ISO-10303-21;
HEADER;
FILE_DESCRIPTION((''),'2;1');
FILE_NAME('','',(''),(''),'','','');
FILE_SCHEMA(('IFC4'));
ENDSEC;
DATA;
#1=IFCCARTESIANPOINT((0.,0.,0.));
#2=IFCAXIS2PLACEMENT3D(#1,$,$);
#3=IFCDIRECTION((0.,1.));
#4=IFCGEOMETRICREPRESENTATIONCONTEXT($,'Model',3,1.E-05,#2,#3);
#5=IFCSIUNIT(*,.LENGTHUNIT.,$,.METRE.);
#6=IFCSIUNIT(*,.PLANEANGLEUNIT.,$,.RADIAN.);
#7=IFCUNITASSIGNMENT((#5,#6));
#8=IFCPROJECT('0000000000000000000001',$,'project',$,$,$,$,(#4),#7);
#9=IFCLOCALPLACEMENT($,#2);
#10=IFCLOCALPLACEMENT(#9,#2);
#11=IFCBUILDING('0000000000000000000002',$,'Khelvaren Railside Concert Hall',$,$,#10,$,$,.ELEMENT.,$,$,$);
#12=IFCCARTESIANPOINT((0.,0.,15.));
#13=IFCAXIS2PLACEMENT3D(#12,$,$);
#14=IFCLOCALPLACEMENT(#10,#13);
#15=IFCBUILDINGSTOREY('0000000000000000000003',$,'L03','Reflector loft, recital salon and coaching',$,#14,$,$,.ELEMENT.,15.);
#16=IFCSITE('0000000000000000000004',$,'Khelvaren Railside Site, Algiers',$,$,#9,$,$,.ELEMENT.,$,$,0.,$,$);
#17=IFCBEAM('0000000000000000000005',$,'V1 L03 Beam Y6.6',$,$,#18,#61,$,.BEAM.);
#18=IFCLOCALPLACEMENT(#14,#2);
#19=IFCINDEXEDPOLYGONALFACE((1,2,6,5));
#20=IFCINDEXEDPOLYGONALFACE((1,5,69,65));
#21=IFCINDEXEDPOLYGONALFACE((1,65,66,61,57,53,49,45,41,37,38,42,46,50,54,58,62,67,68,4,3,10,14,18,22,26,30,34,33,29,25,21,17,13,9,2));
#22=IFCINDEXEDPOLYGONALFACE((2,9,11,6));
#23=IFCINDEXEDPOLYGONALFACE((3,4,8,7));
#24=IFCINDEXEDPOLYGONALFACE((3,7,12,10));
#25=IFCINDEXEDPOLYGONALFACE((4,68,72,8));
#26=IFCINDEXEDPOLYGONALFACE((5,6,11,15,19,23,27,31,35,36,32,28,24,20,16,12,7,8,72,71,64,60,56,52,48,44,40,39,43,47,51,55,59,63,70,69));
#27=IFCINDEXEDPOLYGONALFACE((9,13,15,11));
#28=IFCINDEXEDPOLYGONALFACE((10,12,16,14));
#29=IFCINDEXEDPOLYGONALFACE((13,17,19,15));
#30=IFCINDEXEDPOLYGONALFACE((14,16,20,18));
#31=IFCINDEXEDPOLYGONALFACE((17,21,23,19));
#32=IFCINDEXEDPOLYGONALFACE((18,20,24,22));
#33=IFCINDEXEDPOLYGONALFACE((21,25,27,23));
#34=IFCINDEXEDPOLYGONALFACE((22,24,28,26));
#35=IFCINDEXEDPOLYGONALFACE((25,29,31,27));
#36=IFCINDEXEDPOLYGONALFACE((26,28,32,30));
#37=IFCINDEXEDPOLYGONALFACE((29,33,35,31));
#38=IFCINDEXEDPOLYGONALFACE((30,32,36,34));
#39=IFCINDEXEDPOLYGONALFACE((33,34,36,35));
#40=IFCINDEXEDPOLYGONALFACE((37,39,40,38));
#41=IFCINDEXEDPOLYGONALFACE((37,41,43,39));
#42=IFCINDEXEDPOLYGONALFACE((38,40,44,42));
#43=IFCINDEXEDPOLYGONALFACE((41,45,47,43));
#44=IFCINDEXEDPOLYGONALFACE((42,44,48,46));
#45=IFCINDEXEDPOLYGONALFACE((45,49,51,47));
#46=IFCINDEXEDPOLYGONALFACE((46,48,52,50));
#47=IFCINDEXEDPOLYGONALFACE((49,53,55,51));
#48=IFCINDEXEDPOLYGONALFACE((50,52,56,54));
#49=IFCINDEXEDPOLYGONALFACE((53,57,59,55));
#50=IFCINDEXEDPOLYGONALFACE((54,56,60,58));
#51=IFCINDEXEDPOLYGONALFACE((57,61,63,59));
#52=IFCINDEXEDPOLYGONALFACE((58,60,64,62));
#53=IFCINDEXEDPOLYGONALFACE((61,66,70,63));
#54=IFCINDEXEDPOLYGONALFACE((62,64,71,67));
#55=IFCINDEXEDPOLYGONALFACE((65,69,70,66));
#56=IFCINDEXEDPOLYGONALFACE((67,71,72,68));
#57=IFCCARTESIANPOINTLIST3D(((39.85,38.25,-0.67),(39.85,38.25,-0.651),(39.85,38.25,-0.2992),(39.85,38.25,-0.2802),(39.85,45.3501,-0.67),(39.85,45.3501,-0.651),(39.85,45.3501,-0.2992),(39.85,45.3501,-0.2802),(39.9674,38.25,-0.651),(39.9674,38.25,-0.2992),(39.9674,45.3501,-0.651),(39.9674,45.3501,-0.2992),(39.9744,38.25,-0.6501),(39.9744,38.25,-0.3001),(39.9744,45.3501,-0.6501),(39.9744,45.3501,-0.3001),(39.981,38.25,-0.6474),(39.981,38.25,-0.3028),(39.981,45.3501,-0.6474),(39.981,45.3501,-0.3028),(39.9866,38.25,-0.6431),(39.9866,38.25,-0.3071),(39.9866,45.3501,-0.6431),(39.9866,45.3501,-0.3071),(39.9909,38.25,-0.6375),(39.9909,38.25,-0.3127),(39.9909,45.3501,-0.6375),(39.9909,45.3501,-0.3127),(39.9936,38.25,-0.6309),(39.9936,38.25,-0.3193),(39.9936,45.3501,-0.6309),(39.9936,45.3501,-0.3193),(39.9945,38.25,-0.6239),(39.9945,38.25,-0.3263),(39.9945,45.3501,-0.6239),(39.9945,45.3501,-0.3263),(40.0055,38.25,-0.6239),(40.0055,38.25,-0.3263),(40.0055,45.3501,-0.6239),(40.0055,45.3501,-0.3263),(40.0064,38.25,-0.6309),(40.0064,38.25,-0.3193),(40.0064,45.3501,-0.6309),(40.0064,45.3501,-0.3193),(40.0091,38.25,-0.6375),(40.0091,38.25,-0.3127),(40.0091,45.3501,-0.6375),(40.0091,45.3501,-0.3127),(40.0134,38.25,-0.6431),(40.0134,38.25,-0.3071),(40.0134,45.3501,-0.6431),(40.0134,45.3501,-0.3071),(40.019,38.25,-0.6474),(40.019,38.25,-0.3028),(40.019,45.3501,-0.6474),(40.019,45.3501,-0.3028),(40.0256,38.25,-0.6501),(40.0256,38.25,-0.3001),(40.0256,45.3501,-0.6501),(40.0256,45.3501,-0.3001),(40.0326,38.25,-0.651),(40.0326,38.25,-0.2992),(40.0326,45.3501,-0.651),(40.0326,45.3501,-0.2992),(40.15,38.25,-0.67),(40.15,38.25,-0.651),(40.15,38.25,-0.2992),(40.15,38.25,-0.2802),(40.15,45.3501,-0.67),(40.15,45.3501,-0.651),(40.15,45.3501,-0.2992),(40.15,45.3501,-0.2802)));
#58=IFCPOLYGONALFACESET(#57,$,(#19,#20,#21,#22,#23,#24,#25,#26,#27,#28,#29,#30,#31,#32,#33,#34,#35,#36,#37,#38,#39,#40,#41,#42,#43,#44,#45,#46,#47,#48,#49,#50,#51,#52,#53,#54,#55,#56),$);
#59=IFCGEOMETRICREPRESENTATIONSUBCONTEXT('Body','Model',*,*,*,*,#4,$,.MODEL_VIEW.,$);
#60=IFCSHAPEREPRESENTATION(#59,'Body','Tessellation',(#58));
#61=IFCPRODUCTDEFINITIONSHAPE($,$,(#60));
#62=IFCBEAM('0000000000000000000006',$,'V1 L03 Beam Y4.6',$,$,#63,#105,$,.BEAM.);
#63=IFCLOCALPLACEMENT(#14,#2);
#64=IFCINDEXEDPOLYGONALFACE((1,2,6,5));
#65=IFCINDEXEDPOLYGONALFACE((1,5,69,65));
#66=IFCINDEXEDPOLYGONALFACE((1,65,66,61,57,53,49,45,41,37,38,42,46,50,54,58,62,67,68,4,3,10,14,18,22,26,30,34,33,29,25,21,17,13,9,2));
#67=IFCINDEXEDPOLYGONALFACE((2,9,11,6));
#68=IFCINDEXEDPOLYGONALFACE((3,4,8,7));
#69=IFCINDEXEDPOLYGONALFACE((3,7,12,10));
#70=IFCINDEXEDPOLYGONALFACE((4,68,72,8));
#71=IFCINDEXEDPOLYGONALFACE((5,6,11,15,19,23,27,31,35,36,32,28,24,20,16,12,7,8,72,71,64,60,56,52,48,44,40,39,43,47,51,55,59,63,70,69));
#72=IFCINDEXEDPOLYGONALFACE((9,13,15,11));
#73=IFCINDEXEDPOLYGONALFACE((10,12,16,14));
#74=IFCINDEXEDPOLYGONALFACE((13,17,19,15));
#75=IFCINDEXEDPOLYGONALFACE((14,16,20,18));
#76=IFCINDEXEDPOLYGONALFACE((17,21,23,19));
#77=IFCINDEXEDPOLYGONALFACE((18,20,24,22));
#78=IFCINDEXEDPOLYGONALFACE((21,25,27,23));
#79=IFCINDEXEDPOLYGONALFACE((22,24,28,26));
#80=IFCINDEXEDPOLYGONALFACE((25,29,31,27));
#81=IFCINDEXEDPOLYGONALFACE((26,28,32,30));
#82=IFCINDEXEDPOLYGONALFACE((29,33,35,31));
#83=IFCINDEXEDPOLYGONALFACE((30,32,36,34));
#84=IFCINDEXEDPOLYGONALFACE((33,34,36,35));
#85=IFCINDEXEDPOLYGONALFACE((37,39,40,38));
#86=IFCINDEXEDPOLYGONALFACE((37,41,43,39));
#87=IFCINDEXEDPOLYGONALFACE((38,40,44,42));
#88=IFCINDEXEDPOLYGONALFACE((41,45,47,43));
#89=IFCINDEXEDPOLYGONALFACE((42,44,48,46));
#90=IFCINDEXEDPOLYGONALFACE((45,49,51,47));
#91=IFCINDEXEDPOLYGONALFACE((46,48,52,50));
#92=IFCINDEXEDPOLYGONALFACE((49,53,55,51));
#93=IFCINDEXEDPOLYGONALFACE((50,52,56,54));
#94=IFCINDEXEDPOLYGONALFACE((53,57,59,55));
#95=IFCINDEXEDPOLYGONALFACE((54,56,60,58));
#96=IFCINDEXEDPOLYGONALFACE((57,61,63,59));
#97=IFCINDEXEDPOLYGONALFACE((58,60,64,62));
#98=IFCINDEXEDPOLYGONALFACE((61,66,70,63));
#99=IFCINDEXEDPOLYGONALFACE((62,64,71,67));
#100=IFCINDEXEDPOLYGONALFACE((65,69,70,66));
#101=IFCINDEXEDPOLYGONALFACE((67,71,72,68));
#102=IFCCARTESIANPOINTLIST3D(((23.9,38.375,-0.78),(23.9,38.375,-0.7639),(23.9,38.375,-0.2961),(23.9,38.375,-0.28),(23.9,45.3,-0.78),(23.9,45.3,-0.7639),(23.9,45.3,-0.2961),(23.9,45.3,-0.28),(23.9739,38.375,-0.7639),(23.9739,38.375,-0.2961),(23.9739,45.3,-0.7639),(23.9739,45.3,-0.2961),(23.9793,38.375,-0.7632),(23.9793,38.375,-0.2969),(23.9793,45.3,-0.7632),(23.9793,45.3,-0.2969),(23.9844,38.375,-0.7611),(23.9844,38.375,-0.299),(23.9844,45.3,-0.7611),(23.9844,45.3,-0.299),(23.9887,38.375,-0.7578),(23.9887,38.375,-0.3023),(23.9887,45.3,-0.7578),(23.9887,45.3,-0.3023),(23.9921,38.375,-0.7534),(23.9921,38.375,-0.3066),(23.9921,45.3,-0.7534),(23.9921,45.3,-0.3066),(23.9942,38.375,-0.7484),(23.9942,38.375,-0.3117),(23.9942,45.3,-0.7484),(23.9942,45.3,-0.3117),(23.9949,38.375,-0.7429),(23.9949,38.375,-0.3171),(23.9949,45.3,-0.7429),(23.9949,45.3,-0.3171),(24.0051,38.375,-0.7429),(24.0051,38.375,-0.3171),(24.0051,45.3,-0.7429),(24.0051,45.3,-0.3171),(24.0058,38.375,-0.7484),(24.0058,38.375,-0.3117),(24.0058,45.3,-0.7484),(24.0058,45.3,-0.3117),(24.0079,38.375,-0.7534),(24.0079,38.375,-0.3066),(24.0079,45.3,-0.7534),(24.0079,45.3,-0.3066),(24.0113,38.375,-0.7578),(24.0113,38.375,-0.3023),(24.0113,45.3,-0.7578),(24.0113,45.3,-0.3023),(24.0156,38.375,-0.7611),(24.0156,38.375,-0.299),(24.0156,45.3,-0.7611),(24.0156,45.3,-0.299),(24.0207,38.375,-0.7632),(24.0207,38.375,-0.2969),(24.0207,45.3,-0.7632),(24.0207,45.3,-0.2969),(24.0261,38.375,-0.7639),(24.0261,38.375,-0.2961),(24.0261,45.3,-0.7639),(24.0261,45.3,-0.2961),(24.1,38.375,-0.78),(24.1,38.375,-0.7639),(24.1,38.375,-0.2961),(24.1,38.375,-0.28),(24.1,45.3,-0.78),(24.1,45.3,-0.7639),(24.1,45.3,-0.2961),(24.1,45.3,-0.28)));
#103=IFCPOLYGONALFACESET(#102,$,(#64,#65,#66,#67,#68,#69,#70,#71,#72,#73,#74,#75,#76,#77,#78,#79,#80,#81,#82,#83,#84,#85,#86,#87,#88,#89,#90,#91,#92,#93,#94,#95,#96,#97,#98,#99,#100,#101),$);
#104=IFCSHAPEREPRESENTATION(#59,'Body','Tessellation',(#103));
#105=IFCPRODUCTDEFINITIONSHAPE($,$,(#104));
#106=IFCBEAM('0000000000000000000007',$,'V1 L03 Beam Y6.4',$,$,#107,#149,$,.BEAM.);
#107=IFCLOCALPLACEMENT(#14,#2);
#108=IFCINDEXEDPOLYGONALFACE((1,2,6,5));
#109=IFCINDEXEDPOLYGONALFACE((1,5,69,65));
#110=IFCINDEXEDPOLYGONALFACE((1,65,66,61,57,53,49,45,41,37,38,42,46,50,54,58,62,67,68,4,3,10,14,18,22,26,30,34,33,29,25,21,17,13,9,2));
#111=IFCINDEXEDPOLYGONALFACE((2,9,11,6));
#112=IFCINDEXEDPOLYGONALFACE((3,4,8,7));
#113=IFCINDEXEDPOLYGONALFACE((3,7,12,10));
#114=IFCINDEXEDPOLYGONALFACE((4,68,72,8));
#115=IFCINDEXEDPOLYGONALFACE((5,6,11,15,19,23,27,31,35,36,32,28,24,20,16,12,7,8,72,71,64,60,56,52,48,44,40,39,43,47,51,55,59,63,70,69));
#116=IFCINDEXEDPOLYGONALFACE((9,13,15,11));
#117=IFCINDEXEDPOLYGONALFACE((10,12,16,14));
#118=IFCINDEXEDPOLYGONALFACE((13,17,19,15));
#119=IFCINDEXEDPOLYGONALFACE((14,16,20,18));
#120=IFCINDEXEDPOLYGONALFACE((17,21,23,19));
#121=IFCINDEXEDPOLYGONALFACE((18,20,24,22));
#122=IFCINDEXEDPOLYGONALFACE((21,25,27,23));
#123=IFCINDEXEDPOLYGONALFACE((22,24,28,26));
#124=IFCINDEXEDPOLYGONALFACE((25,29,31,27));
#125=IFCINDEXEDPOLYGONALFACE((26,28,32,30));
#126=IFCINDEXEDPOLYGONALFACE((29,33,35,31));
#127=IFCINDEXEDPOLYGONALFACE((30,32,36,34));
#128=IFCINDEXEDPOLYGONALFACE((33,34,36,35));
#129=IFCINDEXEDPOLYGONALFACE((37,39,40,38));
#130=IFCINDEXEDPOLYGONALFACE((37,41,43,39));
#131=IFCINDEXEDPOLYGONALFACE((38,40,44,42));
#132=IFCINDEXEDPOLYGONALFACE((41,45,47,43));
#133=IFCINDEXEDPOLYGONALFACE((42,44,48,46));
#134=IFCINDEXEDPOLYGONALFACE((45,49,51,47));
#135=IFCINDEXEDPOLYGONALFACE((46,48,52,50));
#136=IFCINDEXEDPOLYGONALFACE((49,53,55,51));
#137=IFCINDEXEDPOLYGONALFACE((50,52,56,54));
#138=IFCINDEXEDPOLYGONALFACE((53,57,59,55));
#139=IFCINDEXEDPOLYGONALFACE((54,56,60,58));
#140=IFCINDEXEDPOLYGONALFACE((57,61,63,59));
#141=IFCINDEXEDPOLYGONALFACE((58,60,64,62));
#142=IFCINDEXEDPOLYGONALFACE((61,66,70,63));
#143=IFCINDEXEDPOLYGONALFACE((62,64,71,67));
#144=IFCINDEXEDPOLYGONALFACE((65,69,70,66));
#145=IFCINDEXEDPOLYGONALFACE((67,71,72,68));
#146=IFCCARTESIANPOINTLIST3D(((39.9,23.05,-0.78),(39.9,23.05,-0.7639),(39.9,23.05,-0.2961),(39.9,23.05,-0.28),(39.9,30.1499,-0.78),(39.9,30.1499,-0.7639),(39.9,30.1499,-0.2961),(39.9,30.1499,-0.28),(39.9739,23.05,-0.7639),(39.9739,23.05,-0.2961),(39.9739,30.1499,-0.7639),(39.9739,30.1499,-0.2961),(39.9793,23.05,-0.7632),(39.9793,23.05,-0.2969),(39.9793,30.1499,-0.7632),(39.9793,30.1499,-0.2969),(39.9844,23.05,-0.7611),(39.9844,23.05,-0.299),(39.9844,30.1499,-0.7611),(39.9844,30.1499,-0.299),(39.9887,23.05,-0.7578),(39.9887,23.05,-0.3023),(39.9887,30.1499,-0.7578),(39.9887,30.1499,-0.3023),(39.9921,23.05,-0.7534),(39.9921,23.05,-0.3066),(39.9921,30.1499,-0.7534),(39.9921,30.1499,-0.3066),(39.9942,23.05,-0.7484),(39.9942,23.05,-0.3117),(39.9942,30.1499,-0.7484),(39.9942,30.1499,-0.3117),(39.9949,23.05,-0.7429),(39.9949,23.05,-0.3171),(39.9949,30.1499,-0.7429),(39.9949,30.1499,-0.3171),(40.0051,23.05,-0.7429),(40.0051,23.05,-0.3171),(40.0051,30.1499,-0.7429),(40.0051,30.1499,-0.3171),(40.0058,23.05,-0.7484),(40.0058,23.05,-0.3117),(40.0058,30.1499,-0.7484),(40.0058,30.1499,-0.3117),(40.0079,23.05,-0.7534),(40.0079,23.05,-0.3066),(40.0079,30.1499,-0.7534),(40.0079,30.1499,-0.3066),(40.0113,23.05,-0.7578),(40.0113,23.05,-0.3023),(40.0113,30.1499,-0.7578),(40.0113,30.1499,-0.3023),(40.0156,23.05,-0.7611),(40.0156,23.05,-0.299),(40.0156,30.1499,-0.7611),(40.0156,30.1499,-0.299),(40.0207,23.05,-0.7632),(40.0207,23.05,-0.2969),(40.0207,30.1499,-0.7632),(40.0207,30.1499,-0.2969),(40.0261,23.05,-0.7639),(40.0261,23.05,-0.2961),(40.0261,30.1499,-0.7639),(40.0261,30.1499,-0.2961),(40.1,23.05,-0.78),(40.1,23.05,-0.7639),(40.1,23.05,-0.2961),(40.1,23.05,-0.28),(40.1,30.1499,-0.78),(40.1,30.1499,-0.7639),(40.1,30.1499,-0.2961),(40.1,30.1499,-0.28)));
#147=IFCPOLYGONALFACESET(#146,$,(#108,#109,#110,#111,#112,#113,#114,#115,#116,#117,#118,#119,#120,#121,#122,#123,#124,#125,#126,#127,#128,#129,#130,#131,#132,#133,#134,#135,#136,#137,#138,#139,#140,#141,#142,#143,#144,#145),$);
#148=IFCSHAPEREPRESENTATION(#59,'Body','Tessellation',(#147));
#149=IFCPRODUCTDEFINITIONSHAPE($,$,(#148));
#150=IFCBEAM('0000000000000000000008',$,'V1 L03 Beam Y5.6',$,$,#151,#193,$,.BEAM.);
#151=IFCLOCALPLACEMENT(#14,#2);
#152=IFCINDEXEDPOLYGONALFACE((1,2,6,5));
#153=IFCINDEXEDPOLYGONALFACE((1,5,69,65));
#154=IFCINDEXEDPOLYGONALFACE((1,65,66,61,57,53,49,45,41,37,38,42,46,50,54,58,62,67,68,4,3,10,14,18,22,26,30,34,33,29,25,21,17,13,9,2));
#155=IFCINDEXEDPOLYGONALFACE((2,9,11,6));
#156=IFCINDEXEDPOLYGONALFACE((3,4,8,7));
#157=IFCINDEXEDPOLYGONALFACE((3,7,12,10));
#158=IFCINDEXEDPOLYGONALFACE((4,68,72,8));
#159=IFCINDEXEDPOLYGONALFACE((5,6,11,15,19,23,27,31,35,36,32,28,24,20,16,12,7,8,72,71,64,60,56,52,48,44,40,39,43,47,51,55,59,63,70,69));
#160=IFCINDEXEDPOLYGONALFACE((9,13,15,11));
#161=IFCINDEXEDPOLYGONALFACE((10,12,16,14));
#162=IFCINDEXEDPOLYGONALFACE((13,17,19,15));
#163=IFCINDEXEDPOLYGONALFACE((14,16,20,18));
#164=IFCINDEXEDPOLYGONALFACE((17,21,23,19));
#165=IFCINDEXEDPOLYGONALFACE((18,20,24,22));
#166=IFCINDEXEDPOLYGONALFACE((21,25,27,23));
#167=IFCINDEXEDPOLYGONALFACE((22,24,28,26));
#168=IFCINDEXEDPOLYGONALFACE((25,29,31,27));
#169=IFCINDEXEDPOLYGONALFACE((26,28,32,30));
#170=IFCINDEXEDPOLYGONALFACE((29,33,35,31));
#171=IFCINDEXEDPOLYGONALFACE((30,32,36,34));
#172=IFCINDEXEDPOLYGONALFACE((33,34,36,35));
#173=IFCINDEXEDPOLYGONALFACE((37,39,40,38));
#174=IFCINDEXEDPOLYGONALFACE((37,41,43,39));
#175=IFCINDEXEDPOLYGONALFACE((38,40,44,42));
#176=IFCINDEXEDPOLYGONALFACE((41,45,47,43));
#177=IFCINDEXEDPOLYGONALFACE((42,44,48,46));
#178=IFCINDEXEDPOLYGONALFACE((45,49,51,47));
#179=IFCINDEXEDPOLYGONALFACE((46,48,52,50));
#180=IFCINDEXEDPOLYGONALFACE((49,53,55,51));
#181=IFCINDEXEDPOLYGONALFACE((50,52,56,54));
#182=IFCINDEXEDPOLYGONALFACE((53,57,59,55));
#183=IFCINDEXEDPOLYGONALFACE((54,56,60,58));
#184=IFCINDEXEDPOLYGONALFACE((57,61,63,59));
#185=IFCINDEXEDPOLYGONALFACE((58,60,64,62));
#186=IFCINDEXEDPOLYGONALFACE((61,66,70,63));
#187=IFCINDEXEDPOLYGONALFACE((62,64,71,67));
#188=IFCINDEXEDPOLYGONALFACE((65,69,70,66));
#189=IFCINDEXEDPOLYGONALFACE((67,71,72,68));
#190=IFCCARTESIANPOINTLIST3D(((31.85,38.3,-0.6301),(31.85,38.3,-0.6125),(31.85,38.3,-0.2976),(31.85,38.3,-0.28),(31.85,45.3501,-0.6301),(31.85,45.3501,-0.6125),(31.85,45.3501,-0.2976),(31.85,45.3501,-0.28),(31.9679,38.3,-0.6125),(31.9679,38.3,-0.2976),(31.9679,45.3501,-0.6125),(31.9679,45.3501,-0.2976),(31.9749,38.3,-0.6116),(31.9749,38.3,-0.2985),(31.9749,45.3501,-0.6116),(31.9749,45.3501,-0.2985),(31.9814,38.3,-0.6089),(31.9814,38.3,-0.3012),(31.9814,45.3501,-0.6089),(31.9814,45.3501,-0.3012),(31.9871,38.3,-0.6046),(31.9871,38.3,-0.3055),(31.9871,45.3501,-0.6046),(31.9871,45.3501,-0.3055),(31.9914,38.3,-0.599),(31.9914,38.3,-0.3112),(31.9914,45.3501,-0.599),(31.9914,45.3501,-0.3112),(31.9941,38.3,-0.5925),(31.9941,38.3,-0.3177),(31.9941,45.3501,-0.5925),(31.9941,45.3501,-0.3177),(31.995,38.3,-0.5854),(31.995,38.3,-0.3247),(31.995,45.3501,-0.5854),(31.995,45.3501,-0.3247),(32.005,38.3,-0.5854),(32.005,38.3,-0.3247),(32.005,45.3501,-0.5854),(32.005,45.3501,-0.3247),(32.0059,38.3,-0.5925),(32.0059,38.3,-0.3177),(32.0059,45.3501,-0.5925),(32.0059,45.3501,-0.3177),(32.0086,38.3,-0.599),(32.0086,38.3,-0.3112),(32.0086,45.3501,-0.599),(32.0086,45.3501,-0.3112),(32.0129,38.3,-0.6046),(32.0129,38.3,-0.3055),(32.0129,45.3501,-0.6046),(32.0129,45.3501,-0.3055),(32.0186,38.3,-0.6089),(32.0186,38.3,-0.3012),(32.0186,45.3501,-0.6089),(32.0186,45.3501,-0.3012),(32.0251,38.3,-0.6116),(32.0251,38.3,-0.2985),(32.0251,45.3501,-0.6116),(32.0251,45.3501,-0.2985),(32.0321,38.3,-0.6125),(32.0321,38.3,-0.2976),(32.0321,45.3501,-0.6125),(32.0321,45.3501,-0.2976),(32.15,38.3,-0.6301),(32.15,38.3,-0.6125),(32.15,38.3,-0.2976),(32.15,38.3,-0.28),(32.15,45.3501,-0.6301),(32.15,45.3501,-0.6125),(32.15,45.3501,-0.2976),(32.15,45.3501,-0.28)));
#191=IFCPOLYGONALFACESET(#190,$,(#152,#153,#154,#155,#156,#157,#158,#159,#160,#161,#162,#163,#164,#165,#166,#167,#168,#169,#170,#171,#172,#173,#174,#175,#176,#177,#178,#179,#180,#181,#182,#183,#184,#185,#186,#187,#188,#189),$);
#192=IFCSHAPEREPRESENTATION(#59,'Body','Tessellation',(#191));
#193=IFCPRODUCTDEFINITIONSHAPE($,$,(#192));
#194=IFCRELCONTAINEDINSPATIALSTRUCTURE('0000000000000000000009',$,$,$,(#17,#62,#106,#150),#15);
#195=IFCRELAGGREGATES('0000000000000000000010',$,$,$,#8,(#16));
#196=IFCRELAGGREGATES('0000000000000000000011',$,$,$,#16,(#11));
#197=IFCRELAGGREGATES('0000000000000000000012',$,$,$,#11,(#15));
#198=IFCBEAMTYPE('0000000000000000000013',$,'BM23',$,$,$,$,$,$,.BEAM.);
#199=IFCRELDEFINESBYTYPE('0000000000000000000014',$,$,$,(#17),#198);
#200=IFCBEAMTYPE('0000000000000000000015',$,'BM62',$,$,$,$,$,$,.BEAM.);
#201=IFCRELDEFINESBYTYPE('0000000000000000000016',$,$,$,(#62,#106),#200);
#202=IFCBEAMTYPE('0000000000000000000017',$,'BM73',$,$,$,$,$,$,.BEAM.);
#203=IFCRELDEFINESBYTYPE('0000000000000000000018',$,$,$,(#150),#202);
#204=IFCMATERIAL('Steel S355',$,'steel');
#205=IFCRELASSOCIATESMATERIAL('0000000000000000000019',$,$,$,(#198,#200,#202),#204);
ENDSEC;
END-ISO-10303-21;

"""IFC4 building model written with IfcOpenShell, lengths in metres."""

from ifc_helpers import new_model, si_unit, direction, frame, origin, origin_2d, place, context, subcontext, project, spatial, i_section, extrude, material, material_profile, profile_set, type_object, element, save


model = new_model("IFC4")

# Units and contexts
model_context = context("Model", 3, precision=1e-05, world=origin(), true_north=direction((0.0, 1.0)))
body_context = subcontext(model_context, "Body", "Model", "MODEL_VIEW")
ifc_project = project(units=[si_unit("LENGTHUNIT", "METRE"), si_unit("PLANEANGLEUNIT", "RADIAN")], contexts=[model_context])

# Site, building, storey
site_placement = place(None, origin())
site = spatial("IfcSite", under=ifc_project, at=site_placement, Name="Khelvaren Railside Site, Algiers", CompositionType="ELEMENT", RefElevation=0.0)
building_placement = place(site_placement, origin())
building = spatial("IfcBuilding", under=site, at=building_placement, Name="Khelvaren Railside Concert Hall", CompositionType="ELEMENT")
storey_placement = place(building_placement, frame((0.0, 0.0, 15.0)))
storey = spatial("IfcBuildingStorey", under=building, at=storey_placement, Name="L03", Description="Reflector loft, recital salon and coaching", CompositionType="ELEMENT", Elevation=15.0)

# Shared definitions
ifc_material_1 = material(Name="Steel S355", Category="steel")

# Beams
ifc_material_profile_1 = material_profile(ifc_material_1, i_section(OverallWidth=0.3, OverallDepth=0.3899, WebThickness=0.011, FlangeThickness=0.019, FilletRadius=0.0271, at=origin_2d()), Name="HEA 400")
ifc_profile_set_1 = profile_set([ifc_material_profile_1], Name="Steel S355")
beam_type_1 = type_object("IfcBeamType", Name="BM23", PredefinedType="BEAM", material=ifc_profile_set_1)
beam_1_placement = place(storey_placement, frame((40.0, 38.25, -0.4751), z_axis=(0.0, 1.0, 0.0), x_axis=(-1.0, 0.0, 0.0)))
element("IfcBeam", 1, at=beam_1_placement, inside=storey, type_object=beam_type_1, Name="V1 L03 Beam Y6.6", PredefinedType="BEAM", context=body_context, shape_type="SweptSolid", body=[
    extrude(i_section(OverallWidth=0.3, OverallDepth=0.3899, WebThickness=0.011, FlangeThickness=0.019, FilletRadius=0.0271, at=origin_2d()), origin(), (0.0, 0.0, 1.0), 7.1001),
])
ifc_material_profile_2 = material_profile(ifc_material_1, i_section(OverallWidth=0.2, OverallDepth=0.5, WebThickness=0.0103, FlangeThickness=0.0161, FilletRadius=0.021, at=origin_2d()), Name="IPE 500")
ifc_profile_set_2 = profile_set([ifc_material_profile_2], Name="Steel S355")
beam_type_2 = type_object("IfcBeamType", Name="BM62", PredefinedType="BEAM", material=ifc_profile_set_2)
beam_2_placement = place(storey_placement, frame((24.0, 38.375, -0.53), z_axis=(0.0, 1.0, 0.0), x_axis=(-1.0, 0.0, 0.0)))
element("IfcBeam", 2, at=beam_2_placement, inside=storey, type_object=beam_type_2, Name="V1 L03 Beam Y4.6", PredefinedType="BEAM", context=body_context, shape_type="SweptSolid", body=[
    extrude(i_section(OverallWidth=0.2, OverallDepth=0.5, WebThickness=0.0103, FlangeThickness=0.0161, FilletRadius=0.021, at=origin_2d()), origin(), (0.0, 0.0, 1.0), 6.925),
])
beam_3_placement = place(storey_placement, frame((40.0, 23.05, -0.53), z_axis=(0.0, 1.0, 0.0), x_axis=(-1.0, 0.0, 0.0)))
element("IfcBeam", 3, at=beam_3_placement, inside=storey, type_object=beam_type_2, Name="V1 L03 Beam Y6.4", PredefinedType="BEAM", context=body_context, shape_type="SweptSolid", body=[
    extrude(i_section(OverallWidth=0.2, OverallDepth=0.5, WebThickness=0.0103, FlangeThickness=0.0161, FilletRadius=0.021, at=origin_2d()), origin(), (0.0, 0.0, 1.0), 7.0999),
])
ifc_material_profile_3 = material_profile(ifc_material_1, i_section(OverallWidth=0.3, OverallDepth=0.3501, WebThickness=0.01, FlangeThickness=0.0176, FilletRadius=0.0271, at=origin_2d()), Name="HEA 360")
ifc_profile_set_3 = profile_set([ifc_material_profile_3], Name="Steel S355")
beam_type_3 = type_object("IfcBeamType", Name="BM73", PredefinedType="BEAM", material=ifc_profile_set_3)
beam_4_placement = place(storey_placement, frame((32.0, 38.3, -0.4551), z_axis=(0.0, 1.0, 0.0), x_axis=(-1.0, 0.0, 0.0)))
element("IfcBeam", 4, at=beam_4_placement, inside=storey, type_object=beam_type_3, Name="V1 L03 Beam Y5.6", PredefinedType="BEAM", context=body_context, shape_type="SweptSolid", body=[
    extrude(i_section(OverallWidth=0.3, OverallDepth=0.3501, WebThickness=0.01, FlangeThickness=0.0176, FilletRadius=0.0271, at=origin_2d()), origin(), (0.0, 0.0, 1.0), 7.05),
])

save(model, "model.ifc")
